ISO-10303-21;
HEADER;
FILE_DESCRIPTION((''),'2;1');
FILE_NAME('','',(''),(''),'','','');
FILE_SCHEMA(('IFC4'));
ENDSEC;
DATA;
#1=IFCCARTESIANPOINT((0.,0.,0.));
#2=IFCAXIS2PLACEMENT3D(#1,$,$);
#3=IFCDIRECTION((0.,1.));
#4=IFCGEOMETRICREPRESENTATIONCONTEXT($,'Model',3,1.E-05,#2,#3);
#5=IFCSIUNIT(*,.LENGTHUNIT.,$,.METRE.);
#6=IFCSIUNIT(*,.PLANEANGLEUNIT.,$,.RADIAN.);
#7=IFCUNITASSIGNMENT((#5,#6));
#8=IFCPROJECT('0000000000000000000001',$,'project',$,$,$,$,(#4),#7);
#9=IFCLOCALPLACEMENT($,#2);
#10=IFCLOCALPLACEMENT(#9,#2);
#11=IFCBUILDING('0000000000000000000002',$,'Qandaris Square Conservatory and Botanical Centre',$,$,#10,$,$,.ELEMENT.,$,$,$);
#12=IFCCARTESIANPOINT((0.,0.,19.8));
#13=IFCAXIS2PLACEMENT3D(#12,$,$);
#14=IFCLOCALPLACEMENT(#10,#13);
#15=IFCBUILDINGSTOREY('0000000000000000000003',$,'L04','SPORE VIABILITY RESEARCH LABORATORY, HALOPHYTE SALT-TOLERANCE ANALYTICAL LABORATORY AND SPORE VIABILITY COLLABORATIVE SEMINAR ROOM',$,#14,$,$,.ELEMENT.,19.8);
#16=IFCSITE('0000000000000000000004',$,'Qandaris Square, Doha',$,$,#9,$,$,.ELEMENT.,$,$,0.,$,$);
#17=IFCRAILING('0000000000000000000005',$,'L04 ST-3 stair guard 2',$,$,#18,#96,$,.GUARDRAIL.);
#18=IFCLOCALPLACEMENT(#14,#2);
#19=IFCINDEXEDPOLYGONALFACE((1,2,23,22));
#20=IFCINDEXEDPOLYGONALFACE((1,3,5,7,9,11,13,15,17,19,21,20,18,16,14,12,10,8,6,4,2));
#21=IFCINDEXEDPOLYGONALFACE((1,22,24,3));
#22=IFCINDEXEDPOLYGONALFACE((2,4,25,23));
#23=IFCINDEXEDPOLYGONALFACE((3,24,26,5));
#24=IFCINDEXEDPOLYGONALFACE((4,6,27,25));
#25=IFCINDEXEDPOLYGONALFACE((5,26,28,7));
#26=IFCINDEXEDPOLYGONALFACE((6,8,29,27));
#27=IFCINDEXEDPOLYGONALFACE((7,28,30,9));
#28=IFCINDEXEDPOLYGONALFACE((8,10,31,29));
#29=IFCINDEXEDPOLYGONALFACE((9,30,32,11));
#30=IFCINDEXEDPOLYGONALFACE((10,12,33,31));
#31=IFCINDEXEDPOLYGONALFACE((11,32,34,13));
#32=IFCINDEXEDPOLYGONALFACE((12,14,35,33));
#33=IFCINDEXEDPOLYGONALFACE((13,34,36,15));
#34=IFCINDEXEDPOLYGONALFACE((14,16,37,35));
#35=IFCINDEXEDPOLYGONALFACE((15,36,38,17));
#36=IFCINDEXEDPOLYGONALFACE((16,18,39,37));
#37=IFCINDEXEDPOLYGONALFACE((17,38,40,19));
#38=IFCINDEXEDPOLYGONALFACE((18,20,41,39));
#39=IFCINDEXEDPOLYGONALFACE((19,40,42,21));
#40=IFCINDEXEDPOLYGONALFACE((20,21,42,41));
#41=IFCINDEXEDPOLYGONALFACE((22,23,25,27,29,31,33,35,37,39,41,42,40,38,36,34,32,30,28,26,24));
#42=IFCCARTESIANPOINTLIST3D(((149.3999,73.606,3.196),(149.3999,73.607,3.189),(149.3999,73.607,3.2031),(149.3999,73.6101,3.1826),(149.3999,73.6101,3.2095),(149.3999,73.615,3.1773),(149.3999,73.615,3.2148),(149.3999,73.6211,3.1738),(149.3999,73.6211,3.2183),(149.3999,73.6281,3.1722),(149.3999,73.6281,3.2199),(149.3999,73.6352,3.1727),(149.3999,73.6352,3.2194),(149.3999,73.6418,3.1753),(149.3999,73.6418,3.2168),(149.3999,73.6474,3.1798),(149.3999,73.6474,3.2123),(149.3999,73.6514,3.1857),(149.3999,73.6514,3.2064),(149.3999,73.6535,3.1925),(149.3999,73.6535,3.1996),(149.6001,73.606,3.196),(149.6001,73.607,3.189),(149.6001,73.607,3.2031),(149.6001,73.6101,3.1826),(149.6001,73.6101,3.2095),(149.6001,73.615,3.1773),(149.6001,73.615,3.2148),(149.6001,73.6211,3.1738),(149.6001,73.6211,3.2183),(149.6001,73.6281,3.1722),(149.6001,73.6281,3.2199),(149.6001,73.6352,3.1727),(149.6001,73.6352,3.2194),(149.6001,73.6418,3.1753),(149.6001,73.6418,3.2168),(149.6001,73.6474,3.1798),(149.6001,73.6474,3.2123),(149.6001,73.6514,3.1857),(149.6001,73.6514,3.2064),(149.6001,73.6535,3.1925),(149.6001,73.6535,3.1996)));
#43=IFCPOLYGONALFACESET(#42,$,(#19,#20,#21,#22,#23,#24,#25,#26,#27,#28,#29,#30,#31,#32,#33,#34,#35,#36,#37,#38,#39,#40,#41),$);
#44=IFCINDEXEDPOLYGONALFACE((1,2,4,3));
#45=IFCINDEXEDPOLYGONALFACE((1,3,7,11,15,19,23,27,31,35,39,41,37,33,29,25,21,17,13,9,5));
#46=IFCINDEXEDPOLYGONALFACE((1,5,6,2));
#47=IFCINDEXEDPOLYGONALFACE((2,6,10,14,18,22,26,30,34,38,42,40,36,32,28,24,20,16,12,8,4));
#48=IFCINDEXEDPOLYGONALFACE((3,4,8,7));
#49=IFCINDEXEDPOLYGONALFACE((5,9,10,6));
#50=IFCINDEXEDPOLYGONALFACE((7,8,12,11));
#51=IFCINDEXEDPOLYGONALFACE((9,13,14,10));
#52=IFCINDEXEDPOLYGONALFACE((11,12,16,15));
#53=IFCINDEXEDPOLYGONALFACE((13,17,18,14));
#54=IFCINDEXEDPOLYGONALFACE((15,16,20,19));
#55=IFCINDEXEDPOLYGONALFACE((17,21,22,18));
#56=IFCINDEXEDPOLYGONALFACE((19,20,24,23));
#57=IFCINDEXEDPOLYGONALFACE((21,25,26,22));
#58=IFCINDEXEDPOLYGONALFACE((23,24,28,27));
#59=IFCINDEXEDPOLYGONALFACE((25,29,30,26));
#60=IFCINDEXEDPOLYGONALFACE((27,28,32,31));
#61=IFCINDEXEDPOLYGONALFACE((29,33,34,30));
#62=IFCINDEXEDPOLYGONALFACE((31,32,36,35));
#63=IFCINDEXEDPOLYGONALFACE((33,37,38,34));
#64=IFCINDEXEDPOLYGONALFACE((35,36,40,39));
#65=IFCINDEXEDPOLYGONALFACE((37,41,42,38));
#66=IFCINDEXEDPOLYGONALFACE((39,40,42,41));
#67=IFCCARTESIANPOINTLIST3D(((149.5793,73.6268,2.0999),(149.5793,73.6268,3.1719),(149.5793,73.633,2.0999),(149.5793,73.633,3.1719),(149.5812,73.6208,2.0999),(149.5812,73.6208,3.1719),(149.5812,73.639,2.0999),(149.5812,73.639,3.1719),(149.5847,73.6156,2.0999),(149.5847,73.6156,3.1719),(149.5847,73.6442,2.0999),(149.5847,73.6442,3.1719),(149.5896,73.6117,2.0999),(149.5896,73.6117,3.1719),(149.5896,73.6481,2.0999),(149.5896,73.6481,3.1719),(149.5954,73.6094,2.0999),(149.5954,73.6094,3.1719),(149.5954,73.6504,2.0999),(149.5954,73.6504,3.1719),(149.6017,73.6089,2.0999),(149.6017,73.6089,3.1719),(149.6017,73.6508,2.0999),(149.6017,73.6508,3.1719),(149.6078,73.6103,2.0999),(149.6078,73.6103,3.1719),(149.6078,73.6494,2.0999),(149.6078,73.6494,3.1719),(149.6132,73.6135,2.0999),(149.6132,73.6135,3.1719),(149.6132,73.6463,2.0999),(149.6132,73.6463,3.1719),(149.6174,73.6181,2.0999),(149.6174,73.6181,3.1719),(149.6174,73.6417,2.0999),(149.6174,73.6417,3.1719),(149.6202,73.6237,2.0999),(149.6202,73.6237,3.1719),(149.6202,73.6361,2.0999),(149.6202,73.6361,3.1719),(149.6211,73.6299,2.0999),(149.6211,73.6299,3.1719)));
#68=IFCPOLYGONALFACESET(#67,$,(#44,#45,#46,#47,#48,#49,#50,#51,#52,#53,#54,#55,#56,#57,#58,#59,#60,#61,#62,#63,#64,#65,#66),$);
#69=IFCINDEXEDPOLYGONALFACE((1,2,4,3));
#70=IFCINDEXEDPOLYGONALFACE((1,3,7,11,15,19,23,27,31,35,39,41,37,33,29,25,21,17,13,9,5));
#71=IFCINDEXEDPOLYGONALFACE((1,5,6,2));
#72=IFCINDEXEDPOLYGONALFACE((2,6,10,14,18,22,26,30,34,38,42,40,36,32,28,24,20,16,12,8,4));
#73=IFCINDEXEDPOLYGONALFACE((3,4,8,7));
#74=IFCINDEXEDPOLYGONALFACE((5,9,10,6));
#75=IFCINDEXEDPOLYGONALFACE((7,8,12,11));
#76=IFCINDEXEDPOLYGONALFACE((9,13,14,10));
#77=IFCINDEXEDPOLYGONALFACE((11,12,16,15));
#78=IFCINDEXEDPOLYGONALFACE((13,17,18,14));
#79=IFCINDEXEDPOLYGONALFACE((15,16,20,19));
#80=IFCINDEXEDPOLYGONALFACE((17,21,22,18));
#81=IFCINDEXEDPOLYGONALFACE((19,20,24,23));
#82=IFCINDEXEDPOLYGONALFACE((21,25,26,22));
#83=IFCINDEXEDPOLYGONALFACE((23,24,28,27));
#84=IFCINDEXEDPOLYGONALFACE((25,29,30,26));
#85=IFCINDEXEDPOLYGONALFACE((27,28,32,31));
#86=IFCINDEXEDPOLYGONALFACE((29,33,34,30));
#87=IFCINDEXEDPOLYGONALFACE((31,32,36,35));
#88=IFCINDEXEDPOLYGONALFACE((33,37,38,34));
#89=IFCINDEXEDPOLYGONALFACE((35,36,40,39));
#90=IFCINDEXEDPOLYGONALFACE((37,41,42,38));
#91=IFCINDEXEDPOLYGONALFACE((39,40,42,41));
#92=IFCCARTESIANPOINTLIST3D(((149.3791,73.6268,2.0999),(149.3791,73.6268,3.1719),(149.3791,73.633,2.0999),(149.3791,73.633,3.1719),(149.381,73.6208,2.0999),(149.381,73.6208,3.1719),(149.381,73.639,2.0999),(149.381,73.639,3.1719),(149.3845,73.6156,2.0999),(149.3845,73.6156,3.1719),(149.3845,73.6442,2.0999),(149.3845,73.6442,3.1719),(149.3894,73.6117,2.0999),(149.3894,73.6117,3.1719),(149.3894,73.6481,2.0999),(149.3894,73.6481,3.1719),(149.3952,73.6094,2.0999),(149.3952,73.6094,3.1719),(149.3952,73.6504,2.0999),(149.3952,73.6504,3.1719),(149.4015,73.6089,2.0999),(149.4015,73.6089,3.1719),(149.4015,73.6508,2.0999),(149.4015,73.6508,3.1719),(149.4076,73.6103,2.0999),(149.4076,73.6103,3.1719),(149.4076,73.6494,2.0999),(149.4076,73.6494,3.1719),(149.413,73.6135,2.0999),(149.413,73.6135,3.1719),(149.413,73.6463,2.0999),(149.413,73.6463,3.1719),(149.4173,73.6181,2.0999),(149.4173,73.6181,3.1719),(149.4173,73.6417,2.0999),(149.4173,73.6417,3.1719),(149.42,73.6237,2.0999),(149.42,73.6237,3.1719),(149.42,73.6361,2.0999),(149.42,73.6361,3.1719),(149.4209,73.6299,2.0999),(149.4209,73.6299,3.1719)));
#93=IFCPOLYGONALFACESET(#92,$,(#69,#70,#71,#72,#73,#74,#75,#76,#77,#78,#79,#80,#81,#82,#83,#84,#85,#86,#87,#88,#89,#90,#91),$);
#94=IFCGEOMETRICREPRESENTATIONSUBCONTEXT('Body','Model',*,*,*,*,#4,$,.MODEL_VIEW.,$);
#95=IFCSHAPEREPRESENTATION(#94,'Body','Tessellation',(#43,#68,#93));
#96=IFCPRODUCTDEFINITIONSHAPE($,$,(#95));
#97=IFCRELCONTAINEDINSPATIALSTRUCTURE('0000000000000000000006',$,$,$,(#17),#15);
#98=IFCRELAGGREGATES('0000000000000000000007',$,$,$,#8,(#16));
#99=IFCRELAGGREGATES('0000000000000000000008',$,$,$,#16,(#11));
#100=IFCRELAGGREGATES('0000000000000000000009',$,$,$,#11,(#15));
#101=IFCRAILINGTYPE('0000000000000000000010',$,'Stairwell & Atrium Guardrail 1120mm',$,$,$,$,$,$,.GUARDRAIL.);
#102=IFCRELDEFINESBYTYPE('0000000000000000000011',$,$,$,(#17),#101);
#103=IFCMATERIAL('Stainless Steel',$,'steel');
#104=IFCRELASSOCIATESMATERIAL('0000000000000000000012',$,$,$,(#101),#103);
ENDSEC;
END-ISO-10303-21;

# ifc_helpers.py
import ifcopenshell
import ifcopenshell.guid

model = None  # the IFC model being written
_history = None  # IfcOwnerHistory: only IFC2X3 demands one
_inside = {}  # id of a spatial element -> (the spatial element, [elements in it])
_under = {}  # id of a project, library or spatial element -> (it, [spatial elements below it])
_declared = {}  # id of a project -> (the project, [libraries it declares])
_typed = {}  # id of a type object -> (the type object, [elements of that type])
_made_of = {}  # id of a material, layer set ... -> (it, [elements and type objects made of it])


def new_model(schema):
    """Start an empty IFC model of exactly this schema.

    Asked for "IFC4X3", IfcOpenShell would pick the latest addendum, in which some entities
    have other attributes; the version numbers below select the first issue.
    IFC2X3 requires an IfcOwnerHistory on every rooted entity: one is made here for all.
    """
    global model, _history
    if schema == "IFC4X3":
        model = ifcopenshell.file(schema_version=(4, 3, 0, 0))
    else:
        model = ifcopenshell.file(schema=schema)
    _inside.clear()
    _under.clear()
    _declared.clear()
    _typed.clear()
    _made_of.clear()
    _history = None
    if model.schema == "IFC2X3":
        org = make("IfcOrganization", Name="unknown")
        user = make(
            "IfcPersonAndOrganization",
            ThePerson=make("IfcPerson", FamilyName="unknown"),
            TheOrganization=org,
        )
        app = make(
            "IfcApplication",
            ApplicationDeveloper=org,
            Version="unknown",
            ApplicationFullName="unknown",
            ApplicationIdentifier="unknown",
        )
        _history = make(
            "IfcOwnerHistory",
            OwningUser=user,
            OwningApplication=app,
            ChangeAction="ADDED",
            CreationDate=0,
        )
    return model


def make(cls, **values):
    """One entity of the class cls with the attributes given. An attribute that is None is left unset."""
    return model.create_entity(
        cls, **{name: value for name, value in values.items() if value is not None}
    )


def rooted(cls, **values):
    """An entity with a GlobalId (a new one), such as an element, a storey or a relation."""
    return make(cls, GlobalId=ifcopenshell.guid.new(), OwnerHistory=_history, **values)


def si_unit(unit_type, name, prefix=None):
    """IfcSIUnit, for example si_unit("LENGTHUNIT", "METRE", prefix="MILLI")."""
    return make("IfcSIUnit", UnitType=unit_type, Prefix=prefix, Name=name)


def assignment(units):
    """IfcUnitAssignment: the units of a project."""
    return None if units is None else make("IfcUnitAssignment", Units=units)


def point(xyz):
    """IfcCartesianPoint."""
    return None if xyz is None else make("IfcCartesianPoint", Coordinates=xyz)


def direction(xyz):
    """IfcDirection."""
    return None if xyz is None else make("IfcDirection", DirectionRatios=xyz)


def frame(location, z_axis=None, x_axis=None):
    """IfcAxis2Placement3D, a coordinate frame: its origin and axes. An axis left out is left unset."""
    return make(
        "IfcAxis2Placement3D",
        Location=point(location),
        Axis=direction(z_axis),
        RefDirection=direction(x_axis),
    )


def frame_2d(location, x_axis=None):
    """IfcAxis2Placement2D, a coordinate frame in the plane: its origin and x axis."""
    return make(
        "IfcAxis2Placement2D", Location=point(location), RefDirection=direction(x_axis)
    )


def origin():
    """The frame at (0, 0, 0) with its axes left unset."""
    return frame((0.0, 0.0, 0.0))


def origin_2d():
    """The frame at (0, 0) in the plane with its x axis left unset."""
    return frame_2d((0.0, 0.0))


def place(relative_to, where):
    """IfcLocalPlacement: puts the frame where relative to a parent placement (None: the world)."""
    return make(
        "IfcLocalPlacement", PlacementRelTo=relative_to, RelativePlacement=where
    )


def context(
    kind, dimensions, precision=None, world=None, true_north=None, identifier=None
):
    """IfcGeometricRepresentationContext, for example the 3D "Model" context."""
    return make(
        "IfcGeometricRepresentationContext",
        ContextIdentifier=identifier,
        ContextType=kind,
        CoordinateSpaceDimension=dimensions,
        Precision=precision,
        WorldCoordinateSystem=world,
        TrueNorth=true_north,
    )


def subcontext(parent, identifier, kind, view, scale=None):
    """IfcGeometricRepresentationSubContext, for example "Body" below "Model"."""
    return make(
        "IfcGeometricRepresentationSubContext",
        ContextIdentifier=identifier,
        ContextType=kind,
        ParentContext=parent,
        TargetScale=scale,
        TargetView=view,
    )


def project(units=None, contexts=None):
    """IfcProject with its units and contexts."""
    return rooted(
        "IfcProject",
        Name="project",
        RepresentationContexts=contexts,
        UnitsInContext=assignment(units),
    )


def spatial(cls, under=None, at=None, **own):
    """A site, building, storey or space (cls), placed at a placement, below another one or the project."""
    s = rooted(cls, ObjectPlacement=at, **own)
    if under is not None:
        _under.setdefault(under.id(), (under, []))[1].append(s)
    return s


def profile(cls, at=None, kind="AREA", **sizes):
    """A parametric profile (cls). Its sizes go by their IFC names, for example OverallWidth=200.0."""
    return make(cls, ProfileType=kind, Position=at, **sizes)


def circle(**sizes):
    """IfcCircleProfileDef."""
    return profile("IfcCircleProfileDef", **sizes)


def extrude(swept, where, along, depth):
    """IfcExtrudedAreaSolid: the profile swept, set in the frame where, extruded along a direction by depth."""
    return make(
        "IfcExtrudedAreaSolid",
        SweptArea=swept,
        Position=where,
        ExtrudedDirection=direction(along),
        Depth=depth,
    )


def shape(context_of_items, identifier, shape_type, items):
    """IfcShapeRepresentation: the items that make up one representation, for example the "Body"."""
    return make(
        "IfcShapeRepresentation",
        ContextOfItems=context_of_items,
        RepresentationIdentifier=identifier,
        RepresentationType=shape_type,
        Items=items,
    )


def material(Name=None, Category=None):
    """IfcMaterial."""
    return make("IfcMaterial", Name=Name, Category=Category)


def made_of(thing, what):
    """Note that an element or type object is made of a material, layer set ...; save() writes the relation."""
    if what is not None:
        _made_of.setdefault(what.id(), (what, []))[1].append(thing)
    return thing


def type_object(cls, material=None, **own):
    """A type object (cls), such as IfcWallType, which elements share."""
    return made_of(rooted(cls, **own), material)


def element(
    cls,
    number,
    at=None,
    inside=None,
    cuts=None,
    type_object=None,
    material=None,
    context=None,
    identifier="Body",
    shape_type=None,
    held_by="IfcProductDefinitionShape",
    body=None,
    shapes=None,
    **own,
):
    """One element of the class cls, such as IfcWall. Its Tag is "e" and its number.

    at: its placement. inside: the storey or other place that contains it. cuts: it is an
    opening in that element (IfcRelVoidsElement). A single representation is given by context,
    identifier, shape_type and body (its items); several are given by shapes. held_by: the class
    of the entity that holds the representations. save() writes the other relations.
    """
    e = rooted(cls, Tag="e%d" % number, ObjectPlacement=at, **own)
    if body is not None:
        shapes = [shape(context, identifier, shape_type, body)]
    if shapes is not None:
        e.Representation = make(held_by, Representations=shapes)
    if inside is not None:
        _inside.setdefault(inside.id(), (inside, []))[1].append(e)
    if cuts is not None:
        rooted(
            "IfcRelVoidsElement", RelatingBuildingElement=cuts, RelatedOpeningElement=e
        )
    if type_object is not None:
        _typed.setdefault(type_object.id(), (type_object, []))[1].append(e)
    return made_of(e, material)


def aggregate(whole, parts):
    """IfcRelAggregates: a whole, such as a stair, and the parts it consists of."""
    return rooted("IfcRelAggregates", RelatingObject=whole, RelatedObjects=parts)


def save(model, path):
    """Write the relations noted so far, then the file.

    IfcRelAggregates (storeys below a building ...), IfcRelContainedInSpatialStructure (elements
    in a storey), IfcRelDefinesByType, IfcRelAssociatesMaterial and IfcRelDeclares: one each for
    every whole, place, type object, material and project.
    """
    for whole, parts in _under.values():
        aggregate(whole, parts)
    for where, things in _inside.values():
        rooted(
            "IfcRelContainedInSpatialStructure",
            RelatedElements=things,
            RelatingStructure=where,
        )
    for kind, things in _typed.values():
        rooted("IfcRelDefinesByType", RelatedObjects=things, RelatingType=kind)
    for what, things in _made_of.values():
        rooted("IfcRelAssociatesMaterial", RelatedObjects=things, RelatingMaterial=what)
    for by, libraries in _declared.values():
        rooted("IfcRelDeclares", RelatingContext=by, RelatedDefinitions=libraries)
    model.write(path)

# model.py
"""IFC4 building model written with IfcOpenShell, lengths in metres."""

from ifc_helpers import new_model, si_unit, direction, frame, origin, origin_2d, place, context, subcontext, project, spatial, circle, extrude, material, type_object, element, save


model = new_model("IFC4")

# Units and contexts
model_context = context("Model", 3, precision=1e-05, world=origin(), true_north=direction((0.0, 1.0)))
body_context = subcontext(model_context, "Body", "Model", "MODEL_VIEW")
ifc_project = project(units=[si_unit("LENGTHUNIT", "METRE"), si_unit("PLANEANGLEUNIT", "RADIAN")], contexts=[model_context])

# Site, building, storey
site_placement = place(None, origin())
site = spatial("IfcSite", under=ifc_project, at=site_placement, Name="Qandaris Square, Doha", CompositionType="ELEMENT", RefElevation=0.0)
building_placement = place(site_placement, origin())
building = spatial("IfcBuilding", under=site, at=building_placement, Name="Qandaris Square Conservatory and Botanical Centre", CompositionType="ELEMENT")
storey_placement = place(building_placement, frame((0.0, 0.0, 19.8)))
storey = spatial("IfcBuildingStorey", under=building, at=storey_placement, Name="L04", Description="SPORE VIABILITY RESEARCH LABORATORY, HALOPHYTE SALT-TOLERANCE ANALYTICAL LABORATORY AND SPORE VIABILITY COLLABORATIVE SEMINAR ROOM", CompositionType="ELEMENT", Elevation=19.8)

# Railing
ifc_material_1 = material(Name="Stainless Steel", Category="steel")
railing_type_1 = type_object("IfcRailingType", Name="Stairwell & Atrium Guardrail 1120mm", PredefinedType="GUARDRAIL", material=ifc_material_1)
railing_1_placement = place(storey_placement, frame((149.6001, 73.6299, 2.0999)))
element("IfcRailing", 1, at=railing_1_placement, inside=storey, type_object=railing_type_1, Name="L04 ST-3 stair guard 2", PredefinedType="GUARDRAIL", context=body_context, shape_type="SweptSolid", body=[
    extrude(circle(Radius=0.0239, at=origin_2d()), frame((0.0, 0.0, 1.0962), z_axis=(-1.0, 0.0, 0.0), x_axis=(0.0, -1.0, 0.0)), (0.0, 0.0, 1.0), 0.2002),
    extrude(circle(Radius=0.021, at=origin_2d()), origin(), (0.0, 0.0, 1.0), 1.072),
    extrude(circle(Radius=0.021, at=origin_2d()), frame((-0.2002, 0.0, 0.0)), (0.0, 0.0, 1.0), 1.072),
])

save(model, "model.ifc")
